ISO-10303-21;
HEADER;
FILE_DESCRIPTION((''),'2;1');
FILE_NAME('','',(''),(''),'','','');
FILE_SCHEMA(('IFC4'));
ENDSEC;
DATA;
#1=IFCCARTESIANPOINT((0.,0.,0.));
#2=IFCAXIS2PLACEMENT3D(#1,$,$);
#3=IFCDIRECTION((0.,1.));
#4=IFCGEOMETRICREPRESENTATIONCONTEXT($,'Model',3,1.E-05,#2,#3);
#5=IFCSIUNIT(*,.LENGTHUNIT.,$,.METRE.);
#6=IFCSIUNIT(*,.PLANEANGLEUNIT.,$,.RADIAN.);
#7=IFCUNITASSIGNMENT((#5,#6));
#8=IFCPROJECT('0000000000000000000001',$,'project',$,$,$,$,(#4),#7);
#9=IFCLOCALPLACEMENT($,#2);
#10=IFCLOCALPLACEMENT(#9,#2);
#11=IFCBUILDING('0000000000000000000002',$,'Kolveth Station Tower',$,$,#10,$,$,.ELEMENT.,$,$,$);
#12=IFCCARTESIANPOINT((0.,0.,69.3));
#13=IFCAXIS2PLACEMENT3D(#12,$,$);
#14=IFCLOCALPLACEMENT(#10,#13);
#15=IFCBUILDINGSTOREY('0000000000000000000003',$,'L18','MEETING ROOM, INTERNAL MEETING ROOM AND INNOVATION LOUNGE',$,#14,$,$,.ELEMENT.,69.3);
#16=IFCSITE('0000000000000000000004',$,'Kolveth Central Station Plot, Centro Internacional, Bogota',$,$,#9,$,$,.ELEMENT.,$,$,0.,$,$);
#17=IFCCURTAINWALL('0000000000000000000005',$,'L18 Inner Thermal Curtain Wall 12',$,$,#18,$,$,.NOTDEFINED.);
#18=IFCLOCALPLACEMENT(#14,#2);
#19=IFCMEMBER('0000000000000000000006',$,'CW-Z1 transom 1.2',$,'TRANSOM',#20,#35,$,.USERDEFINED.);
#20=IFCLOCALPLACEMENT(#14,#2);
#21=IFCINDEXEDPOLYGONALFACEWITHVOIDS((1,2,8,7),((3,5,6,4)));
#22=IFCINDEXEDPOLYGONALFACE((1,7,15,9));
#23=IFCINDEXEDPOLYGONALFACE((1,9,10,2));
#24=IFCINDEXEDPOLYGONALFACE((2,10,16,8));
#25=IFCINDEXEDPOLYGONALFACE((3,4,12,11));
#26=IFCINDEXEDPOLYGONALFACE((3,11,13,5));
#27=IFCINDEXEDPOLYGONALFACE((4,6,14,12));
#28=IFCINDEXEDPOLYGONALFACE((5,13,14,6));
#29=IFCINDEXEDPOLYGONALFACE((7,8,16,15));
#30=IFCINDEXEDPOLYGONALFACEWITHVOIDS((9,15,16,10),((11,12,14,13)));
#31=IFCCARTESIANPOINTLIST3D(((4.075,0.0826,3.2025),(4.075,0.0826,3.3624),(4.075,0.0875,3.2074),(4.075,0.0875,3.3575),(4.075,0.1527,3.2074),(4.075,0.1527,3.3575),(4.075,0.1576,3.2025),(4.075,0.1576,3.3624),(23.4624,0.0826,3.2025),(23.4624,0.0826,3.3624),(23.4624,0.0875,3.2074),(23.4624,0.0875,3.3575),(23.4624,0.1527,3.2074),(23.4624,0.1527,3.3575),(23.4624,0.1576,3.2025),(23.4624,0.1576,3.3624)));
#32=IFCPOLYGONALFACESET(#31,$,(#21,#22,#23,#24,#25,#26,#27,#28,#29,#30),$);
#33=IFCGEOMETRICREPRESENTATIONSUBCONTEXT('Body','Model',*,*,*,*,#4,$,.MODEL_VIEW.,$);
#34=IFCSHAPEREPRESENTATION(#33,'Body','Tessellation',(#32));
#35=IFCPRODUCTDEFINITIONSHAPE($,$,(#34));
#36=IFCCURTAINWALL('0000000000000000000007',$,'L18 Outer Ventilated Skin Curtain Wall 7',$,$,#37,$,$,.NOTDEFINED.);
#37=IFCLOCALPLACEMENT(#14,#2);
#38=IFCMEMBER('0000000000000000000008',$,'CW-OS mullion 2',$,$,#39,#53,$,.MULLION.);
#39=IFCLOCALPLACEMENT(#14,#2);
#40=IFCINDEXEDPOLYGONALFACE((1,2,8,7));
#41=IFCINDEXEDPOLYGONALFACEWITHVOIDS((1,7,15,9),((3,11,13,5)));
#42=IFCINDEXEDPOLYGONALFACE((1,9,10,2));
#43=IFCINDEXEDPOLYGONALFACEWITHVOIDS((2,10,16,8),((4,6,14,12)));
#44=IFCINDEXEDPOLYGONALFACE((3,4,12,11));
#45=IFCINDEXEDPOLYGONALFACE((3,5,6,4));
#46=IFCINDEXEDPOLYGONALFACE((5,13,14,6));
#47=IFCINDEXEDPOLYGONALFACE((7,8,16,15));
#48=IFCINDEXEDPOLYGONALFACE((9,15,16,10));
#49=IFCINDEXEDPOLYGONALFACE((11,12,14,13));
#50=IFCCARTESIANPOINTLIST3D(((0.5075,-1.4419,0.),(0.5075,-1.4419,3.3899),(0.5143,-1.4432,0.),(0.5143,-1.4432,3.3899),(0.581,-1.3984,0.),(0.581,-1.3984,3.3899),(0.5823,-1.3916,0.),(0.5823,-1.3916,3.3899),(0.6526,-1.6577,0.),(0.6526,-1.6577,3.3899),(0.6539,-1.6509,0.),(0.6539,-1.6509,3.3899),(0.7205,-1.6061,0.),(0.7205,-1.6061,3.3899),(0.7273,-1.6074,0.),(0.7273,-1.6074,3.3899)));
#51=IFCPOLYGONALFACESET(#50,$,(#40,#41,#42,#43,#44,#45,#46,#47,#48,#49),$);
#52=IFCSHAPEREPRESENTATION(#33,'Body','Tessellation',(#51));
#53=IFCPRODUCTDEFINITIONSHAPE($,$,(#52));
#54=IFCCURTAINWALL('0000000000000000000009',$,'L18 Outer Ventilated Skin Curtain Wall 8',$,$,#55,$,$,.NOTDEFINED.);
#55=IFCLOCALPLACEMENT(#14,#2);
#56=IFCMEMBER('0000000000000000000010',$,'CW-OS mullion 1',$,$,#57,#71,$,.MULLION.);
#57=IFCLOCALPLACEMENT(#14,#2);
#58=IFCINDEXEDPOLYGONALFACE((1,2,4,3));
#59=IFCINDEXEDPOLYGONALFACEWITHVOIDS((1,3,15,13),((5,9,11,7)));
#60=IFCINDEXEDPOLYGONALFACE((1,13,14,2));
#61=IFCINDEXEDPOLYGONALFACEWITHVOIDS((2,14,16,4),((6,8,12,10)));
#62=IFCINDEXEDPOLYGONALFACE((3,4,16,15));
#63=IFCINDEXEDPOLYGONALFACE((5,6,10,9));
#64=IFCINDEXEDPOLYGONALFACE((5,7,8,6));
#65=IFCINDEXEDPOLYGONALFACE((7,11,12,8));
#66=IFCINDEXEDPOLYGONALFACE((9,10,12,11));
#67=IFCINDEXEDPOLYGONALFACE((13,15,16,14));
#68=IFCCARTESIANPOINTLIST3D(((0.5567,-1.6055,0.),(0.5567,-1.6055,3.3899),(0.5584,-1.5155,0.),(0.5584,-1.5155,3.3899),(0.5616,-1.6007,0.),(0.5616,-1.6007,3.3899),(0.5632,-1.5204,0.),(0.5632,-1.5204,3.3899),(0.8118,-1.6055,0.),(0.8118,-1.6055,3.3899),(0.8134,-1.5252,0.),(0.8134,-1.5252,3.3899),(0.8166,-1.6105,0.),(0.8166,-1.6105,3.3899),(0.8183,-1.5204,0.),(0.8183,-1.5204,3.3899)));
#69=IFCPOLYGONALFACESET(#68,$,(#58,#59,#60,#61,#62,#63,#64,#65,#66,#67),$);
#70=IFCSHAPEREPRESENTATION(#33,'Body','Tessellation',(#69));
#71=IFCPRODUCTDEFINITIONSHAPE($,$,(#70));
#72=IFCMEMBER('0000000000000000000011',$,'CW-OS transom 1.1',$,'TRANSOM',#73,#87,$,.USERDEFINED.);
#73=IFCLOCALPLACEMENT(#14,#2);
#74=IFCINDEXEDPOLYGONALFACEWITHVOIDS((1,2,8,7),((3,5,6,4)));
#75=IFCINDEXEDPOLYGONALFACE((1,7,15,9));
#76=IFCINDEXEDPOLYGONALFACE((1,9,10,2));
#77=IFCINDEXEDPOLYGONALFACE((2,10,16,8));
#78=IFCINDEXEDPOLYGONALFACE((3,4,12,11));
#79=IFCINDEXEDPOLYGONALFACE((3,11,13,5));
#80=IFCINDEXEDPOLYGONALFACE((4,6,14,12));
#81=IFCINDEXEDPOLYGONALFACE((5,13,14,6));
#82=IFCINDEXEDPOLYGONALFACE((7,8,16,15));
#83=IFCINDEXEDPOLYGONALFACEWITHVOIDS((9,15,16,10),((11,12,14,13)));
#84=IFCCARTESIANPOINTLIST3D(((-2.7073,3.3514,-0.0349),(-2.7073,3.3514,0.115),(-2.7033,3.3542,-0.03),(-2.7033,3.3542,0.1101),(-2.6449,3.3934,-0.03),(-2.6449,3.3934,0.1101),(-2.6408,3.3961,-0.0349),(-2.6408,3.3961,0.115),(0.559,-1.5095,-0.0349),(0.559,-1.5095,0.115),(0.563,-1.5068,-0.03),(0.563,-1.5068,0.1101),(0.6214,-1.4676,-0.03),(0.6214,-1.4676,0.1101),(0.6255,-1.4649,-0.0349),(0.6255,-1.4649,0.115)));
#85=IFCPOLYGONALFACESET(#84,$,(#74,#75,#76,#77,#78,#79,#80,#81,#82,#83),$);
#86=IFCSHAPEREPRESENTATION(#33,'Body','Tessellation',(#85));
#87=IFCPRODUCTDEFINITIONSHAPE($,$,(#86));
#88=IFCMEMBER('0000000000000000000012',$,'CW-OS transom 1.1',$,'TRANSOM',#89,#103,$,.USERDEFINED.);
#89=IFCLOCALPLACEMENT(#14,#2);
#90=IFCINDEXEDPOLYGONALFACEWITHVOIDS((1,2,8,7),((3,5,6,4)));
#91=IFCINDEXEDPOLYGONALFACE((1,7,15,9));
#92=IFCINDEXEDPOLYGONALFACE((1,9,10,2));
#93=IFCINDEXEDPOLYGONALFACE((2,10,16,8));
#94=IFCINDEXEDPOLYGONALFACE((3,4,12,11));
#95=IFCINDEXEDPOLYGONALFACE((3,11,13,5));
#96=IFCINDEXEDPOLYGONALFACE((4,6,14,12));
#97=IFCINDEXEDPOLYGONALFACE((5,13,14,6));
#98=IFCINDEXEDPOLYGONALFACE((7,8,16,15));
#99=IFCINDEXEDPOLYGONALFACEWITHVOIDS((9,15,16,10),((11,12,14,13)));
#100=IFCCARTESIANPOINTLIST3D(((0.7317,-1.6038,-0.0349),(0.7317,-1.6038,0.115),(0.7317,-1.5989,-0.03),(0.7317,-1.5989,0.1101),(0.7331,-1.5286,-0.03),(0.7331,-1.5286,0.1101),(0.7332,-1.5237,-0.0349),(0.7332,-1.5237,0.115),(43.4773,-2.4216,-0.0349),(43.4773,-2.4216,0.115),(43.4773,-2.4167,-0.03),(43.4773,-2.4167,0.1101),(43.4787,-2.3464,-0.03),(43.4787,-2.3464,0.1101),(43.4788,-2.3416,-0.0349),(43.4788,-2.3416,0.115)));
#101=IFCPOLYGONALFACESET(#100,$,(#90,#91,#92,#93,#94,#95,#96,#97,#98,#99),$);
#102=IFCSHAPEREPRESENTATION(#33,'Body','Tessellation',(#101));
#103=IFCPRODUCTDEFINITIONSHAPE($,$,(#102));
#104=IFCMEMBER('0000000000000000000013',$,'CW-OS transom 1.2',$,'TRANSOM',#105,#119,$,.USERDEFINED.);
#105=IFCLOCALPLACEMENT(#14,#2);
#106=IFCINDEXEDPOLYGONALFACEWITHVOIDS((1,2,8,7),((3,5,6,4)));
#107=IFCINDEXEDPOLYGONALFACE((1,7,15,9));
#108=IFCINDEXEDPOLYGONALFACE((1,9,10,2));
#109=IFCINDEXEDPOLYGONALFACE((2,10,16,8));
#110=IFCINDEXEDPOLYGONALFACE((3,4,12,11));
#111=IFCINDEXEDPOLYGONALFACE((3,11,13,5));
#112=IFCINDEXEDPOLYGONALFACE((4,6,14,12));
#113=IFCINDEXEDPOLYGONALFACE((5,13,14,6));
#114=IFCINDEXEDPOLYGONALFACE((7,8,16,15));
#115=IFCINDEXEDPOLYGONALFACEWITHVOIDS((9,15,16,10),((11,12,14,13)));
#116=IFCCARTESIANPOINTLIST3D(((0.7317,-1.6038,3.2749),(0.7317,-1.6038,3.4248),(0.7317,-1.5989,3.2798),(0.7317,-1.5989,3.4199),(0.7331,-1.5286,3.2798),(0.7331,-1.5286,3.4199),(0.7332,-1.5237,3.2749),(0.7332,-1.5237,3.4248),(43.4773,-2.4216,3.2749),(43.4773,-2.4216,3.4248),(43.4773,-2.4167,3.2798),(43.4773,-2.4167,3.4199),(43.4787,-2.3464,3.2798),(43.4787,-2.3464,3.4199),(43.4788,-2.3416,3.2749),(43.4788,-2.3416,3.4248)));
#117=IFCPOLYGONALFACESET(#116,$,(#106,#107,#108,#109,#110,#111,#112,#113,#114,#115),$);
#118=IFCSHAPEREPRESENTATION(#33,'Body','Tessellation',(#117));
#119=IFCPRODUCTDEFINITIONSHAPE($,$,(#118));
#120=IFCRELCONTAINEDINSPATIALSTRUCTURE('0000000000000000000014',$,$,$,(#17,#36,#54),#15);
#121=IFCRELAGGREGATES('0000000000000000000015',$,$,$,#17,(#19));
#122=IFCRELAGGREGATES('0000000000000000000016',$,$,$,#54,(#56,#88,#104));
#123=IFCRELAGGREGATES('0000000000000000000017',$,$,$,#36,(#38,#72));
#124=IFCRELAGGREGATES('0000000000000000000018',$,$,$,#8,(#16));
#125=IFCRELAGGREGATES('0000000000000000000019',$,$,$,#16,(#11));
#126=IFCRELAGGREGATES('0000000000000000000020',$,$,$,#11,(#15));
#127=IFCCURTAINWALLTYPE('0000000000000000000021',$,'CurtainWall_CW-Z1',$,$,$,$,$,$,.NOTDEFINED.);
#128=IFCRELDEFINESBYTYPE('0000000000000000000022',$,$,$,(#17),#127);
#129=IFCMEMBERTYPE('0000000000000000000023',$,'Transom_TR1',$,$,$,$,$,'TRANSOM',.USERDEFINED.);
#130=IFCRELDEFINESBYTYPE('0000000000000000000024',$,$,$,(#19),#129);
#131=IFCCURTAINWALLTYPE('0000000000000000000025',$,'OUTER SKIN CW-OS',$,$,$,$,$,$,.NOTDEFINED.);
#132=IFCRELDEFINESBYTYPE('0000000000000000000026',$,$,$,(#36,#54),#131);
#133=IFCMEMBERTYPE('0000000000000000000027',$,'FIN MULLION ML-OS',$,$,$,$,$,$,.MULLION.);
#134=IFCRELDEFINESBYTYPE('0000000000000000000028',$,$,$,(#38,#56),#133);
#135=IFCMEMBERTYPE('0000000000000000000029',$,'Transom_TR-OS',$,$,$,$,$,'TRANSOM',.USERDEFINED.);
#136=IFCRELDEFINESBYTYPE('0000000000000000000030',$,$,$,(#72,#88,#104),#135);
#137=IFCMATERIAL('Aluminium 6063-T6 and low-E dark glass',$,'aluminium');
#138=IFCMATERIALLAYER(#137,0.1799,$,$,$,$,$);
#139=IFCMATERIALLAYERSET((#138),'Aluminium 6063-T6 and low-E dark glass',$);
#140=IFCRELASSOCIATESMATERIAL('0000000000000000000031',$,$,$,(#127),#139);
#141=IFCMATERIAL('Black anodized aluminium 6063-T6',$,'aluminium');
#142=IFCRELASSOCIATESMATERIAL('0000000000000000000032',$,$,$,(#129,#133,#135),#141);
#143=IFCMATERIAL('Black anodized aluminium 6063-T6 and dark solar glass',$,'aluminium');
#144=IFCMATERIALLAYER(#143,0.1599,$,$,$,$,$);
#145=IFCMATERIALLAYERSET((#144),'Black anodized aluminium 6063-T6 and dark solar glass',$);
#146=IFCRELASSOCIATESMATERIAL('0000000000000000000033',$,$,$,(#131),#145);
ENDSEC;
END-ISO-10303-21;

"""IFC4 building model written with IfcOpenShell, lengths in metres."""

from ifc_helpers import new_model, si_unit, direction, frame, origin, origin_2d, place, context, subcontext, project, spatial, hollow_rectangle, extrude, source, transform, mapped, material, layer, layer_set, material_profile, profile_set, type_object, element, aggregate, save


model = new_model("IFC4")

# Units and contexts
model_context = context("Model", 3, precision=1e-05, world=origin(), true_north=direction((0.0, 1.0)))
body_context = subcontext(model_context, "Body", "Model", "MODEL_VIEW")
ifc_project = project(units=[si_unit("LENGTHUNIT", "METRE"), si_unit("PLANEANGLEUNIT", "RADIAN")], contexts=[model_context])

# Site, building, storey
site_placement = place(None, origin())
site = spatial("IfcSite", under=ifc_project, at=site_placement, Name="Kolveth Central Station Plot, Centro Internacional, Bogota", CompositionType="ELEMENT", RefElevation=0.0)
building_placement = place(site_placement, origin())
building = spatial("IfcBuilding", under=site, at=building_placement, Name="Kolveth Station Tower", CompositionType="ELEMENT")
storey_placement = place(building_placement, frame((0.0, 0.0, 69.3)))
storey = spatial("IfcBuildingStorey", under=building, at=storey_placement, Name="L18", Description="MEETING ROOM, INTERNAL MEETING ROOM AND INNOVATION LOUNGE", CompositionType="ELEMENT", Elevation=69.3)

# Shared definitions
ifc_material_1 = material(Name="Aluminium 6063-T6 and low-E dark glass", Category="aluminium")
ifc_layer_1 = layer(ifc_material_1, 0.1799)
ifc_layer_set_1 = layer_set([ifc_layer_1], Name="Aluminium 6063-T6 and low-E dark glass")
curtain_wall_type_1 = type_object("IfcCurtainWallType", Name="CurtainWall_CW-Z1", PredefinedType="NOTDEFINED", material=ifc_layer_set_1)
ifc_material_2 = material(Name="Black anodized aluminium 6063-T6", Category="aluminium")

# Curtain wall
curtain_wall_1_placement = place(storey_placement, origin())
curtain_wall_1 = element("IfcCurtainWall", 1, at=curtain_wall_1_placement, inside=storey, type_object=curtain_wall_type_1, Name="L18 Inner Thermal Curtain Wall 12", PredefinedType="NOTDEFINED")

# Member
ifc_material_profile_1 = material_profile(ifc_material_2, hollow_rectangle(XDim=0.075, YDim=0.1599, WallThickness=0.0049, at=origin_2d()), Name="ALU-75x160x5")
ifc_profile_set_1 = profile_set([ifc_material_profile_1], Name="Black anodized aluminium 6063-T6")
member_type_1 = type_object("IfcMemberType", Name="Transom_TR1", ElementType="TRANSOM", PredefinedType="USERDEFINED", material=ifc_profile_set_1)
shared_shape_1 = source(origin(), body_context, "Body", "SweptSolid", [
    extrude(hollow_rectangle(XDim=0.075, YDim=0.1599, WallThickness=0.0049, at=origin_2d()), origin(), (0.0, 0.0, 1.0), 19.3875),
])
member_1_placement = place(storey_placement, frame((4.075, 0.1201, 3.2825), z_axis=(1.0, 0.0, 0.0), x_axis=(0.0, 1.0, 0.0)))
member_1 = element("IfcMember", 2, at=member_1_placement, type_object=member_type_1, Name="CW-Z1 transom 1.2", ObjectType="TRANSOM", PredefinedType="USERDEFINED", context=body_context, shape_type="MappedRepresentation", body=[
    mapped(shared_shape_1, transform((0.0, 0.0, 0.0), x_axis=(1.0, 0.0, 0.0), y_axis=(0.0, 1.0, 0.0), z_axis=(0.0, 0.0, 1.0), scale=1.0)),
])
aggregate(curtain_wall_1, [member_1])

# Curtain walls, members
ifc_material_3 = material(Name="Black anodized aluminium 6063-T6 and dark solar glass", Category="aluminium")
ifc_layer_2 = layer(ifc_material_3, 0.1599)
ifc_layer_set_2 = layer_set([ifc_layer_2], Name="Black anodized aluminium 6063-T6 and dark solar glass")
curtain_wall_type_2 = type_object("IfcCurtainWallType", Name="OUTER SKIN CW-OS", PredefinedType="NOTDEFINED", material=ifc_layer_set_2)
curtain_wall_2_placement = place(storey_placement, origin())
curtain_wall_2 = element("IfcCurtainWall", 3, at=curtain_wall_2_placement, inside=storey, type_object=curtain_wall_type_2, Name="L18 Outer Ventilated Skin Curtain Wall 7", PredefinedType="NOTDEFINED")
ifc_material_profile_2 = material_profile(ifc_material_2, hollow_rectangle(XDim=0.0901, YDim=0.26, WallThickness=0.0049, at=origin_2d()), Name="ALU-90x260x5")
ifc_profile_set_2 = profile_set([ifc_material_profile_2], Name="Black anodized aluminium 6063-T6")
member_type_2 = type_object("IfcMemberType", Name="FIN MULLION ML-OS", PredefinedType="MULLION", material=ifc_profile_set_2)
shared_shape_2 = source(origin(), body_context, "Body", "SweptSolid", [
    extrude(hollow_rectangle(XDim=0.0901, YDim=0.26, WallThickness=0.0049, at=origin_2d()), origin(), (0.0, 0.0, 1.0), 3.3899),
])
member_2_placement = place(storey_placement, frame((0.6174, -1.5247, 0.0), z_axis=(0.0, 0.0, 1.0), x_axis=(0.830029, 0.55772, 0.0)))
member_2 = element("IfcMember", 4, at=member_2_placement, type_object=member_type_2, Name="CW-OS mullion 2", PredefinedType="MULLION", context=body_context, shape_type="MappedRepresentation", body=[
    mapped(shared_shape_2, transform((0.0, 0.0, 0.0), x_axis=(1.0, 0.0, 0.0), y_axis=(0.0, 1.0, 0.0), z_axis=(0.0, 0.0, 1.0), scale=1.0)),
])
curtain_wall_3_placement = place(storey_placement, origin())
curtain_wall_3 = element("IfcCurtainWall", 5, at=curtain_wall_3_placement, inside=storey, type_object=curtain_wall_type_2, Name="L18 Outer Ventilated Skin Curtain Wall 8", PredefinedType="NOTDEFINED")
member_3_placement = place(storey_placement, frame((0.6875, -1.563, 0.0), z_axis=(0.0, 0.0, 1.0), x_axis=(0.019127, 0.999817, 0.0)))
member_3 = element("IfcMember", 6, at=member_3_placement, type_object=member_type_2, Name="CW-OS mullion 1", PredefinedType="MULLION", context=body_context, shape_type="MappedRepresentation", body=[
    mapped(shared_shape_2, transform((0.0, 0.0, 0.0), x_axis=(1.0, 0.0, 0.0), y_axis=(0.0, 1.0, 0.0), z_axis=(0.0, 0.0, 1.0), scale=1.0)),
])

# Members
ifc_material_profile_3 = material_profile(ifc_material_2, hollow_rectangle(XDim=0.0801, YDim=0.1499, WallThickness=0.0049, at=origin_2d()), Name="ALU-80x150x5")
ifc_profile_set_3 = profile_set([ifc_material_profile_3], Name="Black anodized aluminium 6063-T6")
member_type_3 = type_object("IfcMemberType", Name="Transom_TR-OS", ElementType="TRANSOM", PredefinedType="USERDEFINED", material=ifc_profile_set_3)
shared_shape_3 = source(origin(), body_context, "Body", "SweptSolid", [
    extrude(hollow_rectangle(XDim=0.0801, YDim=0.1499, WallThickness=0.0049, at=origin_2d()), origin(), (0.0, 0.0, 1.0), 5.8564),
])
member_4_placement = place(storey_placement, frame((-2.6741, 3.3738, 0.04), z_axis=(0.557727, -0.830025, 0.0), x_axis=(0.830025, 0.557727, 0.0)))
member_4 = element("IfcMember", 7, at=member_4_placement, type_object=member_type_3, Name="CW-OS transom 1.1", ObjectType="TRANSOM", PredefinedType="USERDEFINED", context=body_context, shape_type="MappedRepresentation", body=[
    mapped(shared_shape_3, transform((0.0, 0.0, 0.0), x_axis=(1.0, 0.0, 0.0), y_axis=(0.0, 1.0, 0.0), z_axis=(0.0, 0.0, 1.0), scale=1.0)),
])
shared_shape_4 = source(origin(), body_context, "Body", "SweptSolid", [
    extrude(hollow_rectangle(XDim=0.0801, YDim=0.1499, WallThickness=0.0049, at=origin_2d()), origin(), (0.0, 0.0, 1.0), 42.7534),
])
member_5_placement = place(storey_placement, frame((0.7324, -1.5637, 0.04), z_axis=(0.999817, -0.01913, 0.0), x_axis=(0.01913, 0.999817, 0.0)))
member_5 = element("IfcMember", 8, at=member_5_placement, type_object=member_type_3, Name="CW-OS transom 1.1", ObjectType="TRANSOM", PredefinedType="USERDEFINED", context=body_context, shape_type="MappedRepresentation", body=[
    mapped(shared_shape_4, transform((0.0, 0.0, 0.0), x_axis=(1.0, 0.0, 0.0), y_axis=(0.0, 1.0, 0.0), z_axis=(0.0, 0.0, 1.0), scale=1.0)),
])
member_6_placement = place(storey_placement, frame((0.7324, -1.5637, 3.3499), z_axis=(0.999817, -0.01913, 0.0), x_axis=(0.01913, 0.999817, 0.0)))
member_6 = element("IfcMember", 9, at=member_6_placement, type_object=member_type_3, Name="CW-OS transom 1.2", ObjectType="TRANSOM", PredefinedType="USERDEFINED", context=body_context, shape_type="MappedRepresentation", body=[
    mapped(shared_shape_4, transform((0.0, 0.0, 0.0), x_axis=(1.0, 0.0, 0.0), y_axis=(0.0, 1.0, 0.0), z_axis=(0.0, 0.0, 1.0), scale=1.0)),
])
aggregate(curtain_wall_3, [member_3, member_5, member_6])

aggregate(curtain_wall_2, [member_2, member_4])

save(model, "model.ifc")
